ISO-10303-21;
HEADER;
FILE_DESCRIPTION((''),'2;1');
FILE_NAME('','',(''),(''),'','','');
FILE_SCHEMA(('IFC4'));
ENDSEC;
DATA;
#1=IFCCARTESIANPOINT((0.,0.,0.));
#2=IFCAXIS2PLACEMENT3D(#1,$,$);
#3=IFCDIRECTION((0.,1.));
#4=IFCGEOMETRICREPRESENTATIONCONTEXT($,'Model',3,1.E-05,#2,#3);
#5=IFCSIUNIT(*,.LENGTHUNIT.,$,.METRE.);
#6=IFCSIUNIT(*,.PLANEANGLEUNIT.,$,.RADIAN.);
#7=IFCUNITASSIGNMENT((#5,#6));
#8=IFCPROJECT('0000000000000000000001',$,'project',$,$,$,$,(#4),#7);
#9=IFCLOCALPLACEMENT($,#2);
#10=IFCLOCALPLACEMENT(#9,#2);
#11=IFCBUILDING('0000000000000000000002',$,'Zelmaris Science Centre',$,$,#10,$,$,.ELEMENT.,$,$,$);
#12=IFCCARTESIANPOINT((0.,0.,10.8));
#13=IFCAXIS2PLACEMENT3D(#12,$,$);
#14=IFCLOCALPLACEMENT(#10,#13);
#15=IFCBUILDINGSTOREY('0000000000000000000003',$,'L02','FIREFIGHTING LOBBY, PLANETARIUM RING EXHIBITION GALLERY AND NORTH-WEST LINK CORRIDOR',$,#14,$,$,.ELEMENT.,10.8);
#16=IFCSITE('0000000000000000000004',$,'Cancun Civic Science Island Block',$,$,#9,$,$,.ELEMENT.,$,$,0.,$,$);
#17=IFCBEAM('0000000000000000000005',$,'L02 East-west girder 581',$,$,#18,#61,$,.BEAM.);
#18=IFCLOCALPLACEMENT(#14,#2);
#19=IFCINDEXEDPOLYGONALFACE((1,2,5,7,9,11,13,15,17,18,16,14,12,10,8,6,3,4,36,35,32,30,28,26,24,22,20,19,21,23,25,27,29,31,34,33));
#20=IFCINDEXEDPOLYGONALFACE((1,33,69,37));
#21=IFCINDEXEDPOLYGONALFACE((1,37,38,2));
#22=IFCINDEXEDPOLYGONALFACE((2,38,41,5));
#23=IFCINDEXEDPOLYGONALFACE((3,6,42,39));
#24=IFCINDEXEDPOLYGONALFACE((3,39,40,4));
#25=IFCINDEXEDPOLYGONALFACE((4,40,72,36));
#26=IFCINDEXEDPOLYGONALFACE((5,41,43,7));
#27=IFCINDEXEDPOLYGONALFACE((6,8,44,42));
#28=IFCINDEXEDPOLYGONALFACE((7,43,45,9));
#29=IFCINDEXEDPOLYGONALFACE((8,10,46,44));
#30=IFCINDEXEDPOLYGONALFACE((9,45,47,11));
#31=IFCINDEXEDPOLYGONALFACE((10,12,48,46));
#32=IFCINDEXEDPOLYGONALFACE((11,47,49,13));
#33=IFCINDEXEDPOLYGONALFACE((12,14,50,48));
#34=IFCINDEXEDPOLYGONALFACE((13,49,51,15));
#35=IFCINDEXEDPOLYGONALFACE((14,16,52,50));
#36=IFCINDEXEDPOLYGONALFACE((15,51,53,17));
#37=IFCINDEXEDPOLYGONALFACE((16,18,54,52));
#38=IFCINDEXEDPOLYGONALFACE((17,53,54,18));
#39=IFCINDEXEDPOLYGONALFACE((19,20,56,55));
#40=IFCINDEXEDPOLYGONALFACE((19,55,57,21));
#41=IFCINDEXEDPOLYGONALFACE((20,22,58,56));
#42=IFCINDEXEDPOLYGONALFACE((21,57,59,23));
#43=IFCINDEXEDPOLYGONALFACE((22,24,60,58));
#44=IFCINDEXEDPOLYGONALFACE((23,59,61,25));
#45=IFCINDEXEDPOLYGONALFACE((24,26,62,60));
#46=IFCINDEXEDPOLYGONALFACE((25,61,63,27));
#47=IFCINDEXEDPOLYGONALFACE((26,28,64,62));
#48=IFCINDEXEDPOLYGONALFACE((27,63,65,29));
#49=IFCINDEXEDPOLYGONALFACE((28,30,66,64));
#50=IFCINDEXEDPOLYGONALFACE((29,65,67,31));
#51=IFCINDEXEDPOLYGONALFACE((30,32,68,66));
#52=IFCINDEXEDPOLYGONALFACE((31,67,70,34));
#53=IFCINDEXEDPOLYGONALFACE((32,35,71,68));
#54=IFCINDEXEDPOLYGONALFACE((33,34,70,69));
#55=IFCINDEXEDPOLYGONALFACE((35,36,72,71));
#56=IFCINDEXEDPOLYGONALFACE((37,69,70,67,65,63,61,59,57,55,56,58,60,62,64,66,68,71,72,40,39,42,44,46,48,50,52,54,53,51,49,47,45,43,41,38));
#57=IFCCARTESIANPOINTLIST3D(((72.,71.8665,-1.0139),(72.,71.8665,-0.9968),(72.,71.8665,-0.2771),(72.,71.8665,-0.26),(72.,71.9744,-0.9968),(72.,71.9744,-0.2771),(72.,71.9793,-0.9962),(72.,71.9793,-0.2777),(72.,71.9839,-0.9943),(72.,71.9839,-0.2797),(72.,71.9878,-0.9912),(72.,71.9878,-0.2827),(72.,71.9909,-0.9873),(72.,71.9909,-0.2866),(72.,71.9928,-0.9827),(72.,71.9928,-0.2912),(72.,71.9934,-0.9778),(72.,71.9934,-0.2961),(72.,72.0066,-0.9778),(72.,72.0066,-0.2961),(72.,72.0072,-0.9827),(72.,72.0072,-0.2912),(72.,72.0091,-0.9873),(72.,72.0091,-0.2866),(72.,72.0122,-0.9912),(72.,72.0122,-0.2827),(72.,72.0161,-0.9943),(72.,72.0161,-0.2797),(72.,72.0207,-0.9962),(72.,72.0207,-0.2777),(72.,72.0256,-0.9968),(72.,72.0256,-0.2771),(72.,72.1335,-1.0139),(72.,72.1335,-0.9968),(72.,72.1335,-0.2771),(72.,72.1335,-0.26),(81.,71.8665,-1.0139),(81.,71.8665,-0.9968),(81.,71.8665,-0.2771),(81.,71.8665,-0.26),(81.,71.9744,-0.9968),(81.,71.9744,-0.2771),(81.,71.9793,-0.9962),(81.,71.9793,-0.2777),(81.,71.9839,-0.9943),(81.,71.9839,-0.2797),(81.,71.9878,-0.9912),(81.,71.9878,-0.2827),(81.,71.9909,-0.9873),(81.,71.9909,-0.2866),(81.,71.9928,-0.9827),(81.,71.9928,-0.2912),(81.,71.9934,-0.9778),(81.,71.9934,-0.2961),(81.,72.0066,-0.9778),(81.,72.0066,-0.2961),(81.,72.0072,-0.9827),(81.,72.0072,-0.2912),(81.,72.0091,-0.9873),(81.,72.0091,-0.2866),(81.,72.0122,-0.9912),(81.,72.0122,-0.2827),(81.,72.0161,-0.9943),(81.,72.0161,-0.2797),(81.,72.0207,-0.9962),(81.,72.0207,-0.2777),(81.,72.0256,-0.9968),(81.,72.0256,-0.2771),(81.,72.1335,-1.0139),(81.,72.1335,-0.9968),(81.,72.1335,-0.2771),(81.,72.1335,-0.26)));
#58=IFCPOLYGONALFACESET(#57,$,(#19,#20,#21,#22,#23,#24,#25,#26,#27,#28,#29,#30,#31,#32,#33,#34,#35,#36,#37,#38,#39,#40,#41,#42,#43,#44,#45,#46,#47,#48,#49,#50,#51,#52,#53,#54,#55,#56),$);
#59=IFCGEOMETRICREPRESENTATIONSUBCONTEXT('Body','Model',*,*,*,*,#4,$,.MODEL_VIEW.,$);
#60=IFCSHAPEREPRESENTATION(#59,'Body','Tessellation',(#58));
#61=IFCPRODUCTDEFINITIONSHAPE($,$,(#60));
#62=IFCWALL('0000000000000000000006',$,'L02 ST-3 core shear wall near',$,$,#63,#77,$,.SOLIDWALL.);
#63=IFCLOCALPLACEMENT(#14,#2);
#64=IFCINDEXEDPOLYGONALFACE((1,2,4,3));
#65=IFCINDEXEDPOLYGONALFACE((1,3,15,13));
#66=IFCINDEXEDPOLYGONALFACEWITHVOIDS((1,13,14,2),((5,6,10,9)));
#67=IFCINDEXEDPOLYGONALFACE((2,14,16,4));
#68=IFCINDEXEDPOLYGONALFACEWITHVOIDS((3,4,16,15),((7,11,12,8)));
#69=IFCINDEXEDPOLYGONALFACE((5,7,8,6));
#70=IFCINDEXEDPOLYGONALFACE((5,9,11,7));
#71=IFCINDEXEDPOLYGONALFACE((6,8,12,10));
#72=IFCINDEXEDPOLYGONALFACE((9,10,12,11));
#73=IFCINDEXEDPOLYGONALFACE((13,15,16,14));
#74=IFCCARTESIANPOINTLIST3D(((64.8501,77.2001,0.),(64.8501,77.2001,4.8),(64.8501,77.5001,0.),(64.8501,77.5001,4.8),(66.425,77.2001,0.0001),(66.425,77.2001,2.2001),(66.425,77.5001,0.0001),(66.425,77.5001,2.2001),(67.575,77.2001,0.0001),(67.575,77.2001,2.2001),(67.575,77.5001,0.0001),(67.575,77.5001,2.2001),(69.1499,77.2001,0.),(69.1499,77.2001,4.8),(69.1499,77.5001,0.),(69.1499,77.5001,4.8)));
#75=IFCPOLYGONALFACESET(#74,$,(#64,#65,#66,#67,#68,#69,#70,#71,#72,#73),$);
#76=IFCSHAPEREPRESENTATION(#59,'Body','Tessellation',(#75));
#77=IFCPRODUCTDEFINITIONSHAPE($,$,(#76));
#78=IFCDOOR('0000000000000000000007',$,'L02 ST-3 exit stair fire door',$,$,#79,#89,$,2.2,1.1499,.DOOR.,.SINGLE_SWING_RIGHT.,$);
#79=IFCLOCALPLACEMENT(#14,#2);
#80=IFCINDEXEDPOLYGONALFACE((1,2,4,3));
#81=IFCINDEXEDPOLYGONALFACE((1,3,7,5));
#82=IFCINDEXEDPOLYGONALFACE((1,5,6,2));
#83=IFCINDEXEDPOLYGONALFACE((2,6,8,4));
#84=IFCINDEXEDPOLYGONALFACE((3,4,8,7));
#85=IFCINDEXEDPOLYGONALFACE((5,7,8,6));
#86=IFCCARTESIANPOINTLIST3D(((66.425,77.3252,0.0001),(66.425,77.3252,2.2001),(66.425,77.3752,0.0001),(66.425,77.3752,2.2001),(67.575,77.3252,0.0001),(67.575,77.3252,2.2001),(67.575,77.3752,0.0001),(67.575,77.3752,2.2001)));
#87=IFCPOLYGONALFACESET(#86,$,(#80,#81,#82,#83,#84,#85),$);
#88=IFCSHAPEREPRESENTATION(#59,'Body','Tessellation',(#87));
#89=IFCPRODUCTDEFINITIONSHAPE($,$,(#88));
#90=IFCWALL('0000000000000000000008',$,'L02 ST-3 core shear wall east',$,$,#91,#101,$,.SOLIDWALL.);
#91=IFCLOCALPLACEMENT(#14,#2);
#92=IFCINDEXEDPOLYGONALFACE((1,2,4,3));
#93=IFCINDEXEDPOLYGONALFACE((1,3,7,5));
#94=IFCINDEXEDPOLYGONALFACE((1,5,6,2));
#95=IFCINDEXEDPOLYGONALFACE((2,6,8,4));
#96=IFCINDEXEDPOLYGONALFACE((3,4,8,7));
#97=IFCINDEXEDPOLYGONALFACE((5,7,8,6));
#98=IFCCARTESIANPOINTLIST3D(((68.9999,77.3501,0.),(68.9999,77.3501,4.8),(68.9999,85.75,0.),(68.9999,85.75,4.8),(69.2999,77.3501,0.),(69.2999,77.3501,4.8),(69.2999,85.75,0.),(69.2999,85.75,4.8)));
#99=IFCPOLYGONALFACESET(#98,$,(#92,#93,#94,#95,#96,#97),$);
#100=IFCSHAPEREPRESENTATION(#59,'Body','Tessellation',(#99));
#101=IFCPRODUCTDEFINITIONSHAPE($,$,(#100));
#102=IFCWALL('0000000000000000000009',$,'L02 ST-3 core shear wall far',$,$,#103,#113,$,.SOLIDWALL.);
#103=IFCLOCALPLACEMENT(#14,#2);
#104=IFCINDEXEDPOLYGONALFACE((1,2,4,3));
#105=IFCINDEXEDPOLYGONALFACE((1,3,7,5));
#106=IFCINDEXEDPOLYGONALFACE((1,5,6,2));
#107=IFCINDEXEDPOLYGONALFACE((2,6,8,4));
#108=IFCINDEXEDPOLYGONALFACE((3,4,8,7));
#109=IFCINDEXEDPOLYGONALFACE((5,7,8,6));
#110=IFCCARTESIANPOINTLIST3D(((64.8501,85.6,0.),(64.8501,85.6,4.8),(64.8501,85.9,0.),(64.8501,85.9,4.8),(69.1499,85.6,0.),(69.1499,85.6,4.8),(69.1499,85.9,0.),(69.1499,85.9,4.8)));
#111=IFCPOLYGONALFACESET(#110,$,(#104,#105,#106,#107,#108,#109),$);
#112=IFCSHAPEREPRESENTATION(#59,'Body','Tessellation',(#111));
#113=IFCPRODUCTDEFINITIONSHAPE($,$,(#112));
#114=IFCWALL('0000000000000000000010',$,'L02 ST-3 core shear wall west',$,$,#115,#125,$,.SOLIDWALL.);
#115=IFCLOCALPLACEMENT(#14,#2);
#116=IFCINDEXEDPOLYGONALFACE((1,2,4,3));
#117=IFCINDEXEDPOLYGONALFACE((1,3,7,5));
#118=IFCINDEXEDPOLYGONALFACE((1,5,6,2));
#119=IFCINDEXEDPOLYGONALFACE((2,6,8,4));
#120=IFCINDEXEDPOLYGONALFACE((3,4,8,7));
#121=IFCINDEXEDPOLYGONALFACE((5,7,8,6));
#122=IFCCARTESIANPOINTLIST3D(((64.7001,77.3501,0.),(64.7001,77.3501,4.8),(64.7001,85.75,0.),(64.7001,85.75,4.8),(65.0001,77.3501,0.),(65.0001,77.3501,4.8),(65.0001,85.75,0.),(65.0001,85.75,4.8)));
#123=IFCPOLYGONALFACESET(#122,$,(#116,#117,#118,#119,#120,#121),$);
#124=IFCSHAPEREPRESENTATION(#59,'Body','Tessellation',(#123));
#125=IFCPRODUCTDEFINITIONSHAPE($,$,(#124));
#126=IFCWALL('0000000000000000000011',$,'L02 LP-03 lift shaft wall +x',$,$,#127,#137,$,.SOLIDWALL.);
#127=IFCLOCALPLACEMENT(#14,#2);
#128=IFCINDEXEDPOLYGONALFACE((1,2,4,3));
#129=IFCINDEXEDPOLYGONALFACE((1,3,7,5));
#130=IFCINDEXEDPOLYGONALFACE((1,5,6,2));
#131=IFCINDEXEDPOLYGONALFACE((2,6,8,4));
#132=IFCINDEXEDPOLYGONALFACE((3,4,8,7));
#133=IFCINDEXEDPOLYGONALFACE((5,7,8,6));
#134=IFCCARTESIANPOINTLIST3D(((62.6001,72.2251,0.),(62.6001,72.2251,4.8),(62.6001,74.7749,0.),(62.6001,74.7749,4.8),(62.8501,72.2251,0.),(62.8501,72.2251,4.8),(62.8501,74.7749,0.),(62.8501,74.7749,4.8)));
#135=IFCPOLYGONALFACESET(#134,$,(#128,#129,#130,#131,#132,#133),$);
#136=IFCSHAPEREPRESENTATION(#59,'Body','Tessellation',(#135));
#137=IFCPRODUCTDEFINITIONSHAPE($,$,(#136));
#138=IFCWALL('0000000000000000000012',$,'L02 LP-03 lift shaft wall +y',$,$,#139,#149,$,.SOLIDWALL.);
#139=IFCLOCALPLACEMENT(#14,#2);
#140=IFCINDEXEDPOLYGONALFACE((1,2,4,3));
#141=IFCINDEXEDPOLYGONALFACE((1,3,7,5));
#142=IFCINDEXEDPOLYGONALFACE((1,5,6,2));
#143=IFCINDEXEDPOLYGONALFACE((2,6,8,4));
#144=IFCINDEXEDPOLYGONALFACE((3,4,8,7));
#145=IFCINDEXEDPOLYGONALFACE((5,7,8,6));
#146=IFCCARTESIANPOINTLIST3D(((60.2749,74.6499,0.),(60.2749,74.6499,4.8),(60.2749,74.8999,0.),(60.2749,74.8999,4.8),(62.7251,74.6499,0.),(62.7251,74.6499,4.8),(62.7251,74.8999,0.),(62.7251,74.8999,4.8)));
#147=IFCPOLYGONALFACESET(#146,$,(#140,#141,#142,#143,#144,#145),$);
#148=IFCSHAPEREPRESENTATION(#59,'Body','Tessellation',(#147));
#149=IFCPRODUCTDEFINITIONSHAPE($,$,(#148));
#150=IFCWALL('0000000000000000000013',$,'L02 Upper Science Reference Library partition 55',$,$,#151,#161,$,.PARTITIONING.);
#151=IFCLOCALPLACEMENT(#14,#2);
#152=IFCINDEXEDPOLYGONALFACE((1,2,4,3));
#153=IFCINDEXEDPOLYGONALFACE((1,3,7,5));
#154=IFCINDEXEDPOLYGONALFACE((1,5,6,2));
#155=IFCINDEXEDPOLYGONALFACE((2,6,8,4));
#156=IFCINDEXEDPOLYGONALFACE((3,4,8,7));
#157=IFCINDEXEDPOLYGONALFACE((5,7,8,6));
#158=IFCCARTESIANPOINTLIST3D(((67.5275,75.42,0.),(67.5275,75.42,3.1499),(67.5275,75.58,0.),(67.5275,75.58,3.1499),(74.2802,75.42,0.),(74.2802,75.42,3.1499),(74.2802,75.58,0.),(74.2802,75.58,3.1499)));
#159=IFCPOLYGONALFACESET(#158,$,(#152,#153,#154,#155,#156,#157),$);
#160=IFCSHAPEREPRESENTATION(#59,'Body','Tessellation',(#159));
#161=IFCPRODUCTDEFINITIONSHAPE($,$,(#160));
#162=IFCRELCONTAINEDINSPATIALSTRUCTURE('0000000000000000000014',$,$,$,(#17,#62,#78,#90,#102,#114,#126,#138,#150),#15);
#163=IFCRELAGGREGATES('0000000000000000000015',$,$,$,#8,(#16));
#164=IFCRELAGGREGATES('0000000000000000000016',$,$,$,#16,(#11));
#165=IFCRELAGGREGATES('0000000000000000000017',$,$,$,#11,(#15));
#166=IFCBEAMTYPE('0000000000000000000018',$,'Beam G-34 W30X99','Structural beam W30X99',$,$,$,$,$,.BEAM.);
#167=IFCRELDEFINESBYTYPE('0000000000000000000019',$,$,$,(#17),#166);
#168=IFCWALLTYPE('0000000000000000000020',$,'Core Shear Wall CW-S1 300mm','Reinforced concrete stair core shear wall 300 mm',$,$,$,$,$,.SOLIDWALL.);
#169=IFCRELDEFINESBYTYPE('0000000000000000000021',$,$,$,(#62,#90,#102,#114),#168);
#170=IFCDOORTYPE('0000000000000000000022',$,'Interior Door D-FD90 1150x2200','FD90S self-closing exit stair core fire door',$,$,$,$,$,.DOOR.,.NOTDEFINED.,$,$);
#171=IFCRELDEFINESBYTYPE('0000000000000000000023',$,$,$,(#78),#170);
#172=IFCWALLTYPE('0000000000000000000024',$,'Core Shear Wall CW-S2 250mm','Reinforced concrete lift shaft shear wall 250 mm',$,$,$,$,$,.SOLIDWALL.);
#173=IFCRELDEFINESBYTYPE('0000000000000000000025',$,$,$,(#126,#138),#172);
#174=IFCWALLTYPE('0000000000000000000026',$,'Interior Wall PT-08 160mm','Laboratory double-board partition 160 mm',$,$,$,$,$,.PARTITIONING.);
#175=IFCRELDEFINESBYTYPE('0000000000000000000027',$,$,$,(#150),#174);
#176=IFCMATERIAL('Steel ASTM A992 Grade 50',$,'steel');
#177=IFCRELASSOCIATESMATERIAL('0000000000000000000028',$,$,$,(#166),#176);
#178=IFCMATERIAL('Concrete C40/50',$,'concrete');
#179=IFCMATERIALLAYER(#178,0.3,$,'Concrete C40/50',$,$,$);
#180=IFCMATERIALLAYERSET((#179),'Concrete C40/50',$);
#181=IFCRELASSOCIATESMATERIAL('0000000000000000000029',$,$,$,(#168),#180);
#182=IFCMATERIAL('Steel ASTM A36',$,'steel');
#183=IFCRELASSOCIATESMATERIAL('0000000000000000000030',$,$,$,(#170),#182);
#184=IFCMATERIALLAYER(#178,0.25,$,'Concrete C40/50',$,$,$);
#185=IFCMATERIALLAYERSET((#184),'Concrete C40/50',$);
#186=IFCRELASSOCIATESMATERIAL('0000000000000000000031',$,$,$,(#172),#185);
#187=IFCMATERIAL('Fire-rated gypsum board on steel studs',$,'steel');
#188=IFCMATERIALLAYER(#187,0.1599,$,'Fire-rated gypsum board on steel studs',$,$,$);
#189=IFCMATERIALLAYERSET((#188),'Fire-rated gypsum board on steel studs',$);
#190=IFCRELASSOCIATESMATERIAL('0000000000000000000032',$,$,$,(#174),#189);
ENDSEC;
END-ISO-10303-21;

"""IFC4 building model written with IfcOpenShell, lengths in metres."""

from ifc_helpers import new_model, si_unit, direction, frame, frame_2d, origin, origin_2d, place, context, subcontext, project, spatial, rectangle, i_section, extrude, material, layer, layer_set, material_profile, profile_set, type_object, element, fill, save


model = new_model("IFC4")

# Units and contexts
model_context = context("Model", 3, precision=1e-05, world=origin(), true_north=direction((0.0, 1.0)))
body_context = subcontext(model_context, "Body", "Model", "MODEL_VIEW")
ifc_project = project(units=[si_unit("LENGTHUNIT", "METRE"), si_unit("PLANEANGLEUNIT", "RADIAN")], contexts=[model_context])

# Site, building, storey
site_placement = place(None, origin())
site = spatial("IfcSite", under=ifc_project, at=site_placement, Name="Cancun Civic Science Island Block", CompositionType="ELEMENT", RefElevation=0.0)
building_placement = place(site_placement, origin())
building = spatial("IfcBuilding", under=site, at=building_placement, Name="Zelmaris Science Centre", CompositionType="ELEMENT")
storey_placement = place(building_placement, frame((0.0, 0.0, 10.8)))
storey = spatial("IfcBuildingStorey", under=building, at=storey_placement, Name="L02", Description="FIREFIGHTING LOBBY, PLANETARIUM RING EXHIBITION GALLERY AND NORTH-WEST LINK CORRIDOR", CompositionType="ELEMENT", Elevation=10.8)

# Shared definitions
ifc_material_1 = material(Name="Steel ASTM A992 Grade 50", Category="steel")

# Beam
ifc_material_profile_1 = material_profile(ifc_material_1, i_section(OverallWidth=0.2671, OverallDepth=0.7539, WebThickness=0.0132, FlangeThickness=0.0171, FilletRadius=0.019, at=origin_2d()), Name="W30X99")
ifc_profile_set_1 = profile_set([ifc_material_profile_1], Name="Steel ASTM A992 Grade 50")
beam_type_1 = type_object("IfcBeamType", Name="Beam G-34 W30X99", Description="Structural beam W30X99", PredefinedType="BEAM", material=ifc_profile_set_1)
beam_1_placement = place(storey_placement, frame((72.0, 72.0, -0.637), z_axis=(1.0, 0.0, 0.0), x_axis=(0.0, 1.0, 0.0)))
element("IfcBeam", 1, at=beam_1_placement, inside=storey, type_object=beam_type_1, Name="L02 East-west girder 581", PredefinedType="BEAM", context=body_context, shape_type="SweptSolid", body=[
    extrude(i_section(OverallWidth=0.2671, OverallDepth=0.7539, WebThickness=0.0132, FlangeThickness=0.0171, FilletRadius=0.019, at=origin_2d()), origin(), (0.0, 0.0, 1.0), 9.0),
])

# Wall, opening, door
ifc_material_2 = material(Name="Concrete C40/50", Category="concrete")
ifc_layer_1 = layer(ifc_material_2, 0.3, Name="Concrete C40/50")
ifc_layer_set_1 = layer_set([ifc_layer_1], Name="Concrete C40/50")
wall_type_1 = type_object("IfcWallType", Name="Core Shear Wall CW-S1 300mm", Description="Reinforced concrete stair core shear wall 300 mm", PredefinedType="SOLIDWALL", material=ifc_layer_set_1)
wall_1_placement = place(storey_placement, frame((69.1499, 77.3501, 0.0), z_axis=(0.0, 0.0, 1.0), x_axis=(-1.0, 0.0, 0.0)))
wall_1 = element("IfcWall", 2, at=wall_1_placement, inside=storey, type_object=wall_type_1, Name="L02 ST-3 core shear wall near", PredefinedType="SOLIDWALL", context=body_context, shape_type="SweptSolid", body=[
    extrude(rectangle(XDim=4.2998, YDim=0.3, at=frame_2d((2.1499, 0.0))), origin(), (0.0, 0.0, 1.0), 4.8),
])
opening_placement = place(wall_1_placement, frame((1.575, 0.0, 0.0)))
opening = element("IfcOpeningElement", 3, at=opening_placement, cuts=wall_1, PredefinedType="OPENING", context=body_context, shape_type="SweptSolid", body=[
    extrude(rectangle(XDim=1.1499, YDim=2.2, at=frame_2d((0.575, 1.1001))), frame((0.0, 0.1599, 0.0), z_axis=(0.0, -1.0, 0.0), x_axis=(1.0, 0.0, 0.0)), (0.0, 0.0, 1.0), 0.3201),
])
ifc_material_3 = material(Name="Steel ASTM A36", Category="steel")
door_type = type_object("IfcDoorType", Name="Interior Door D-FD90 1150x2200", Description="FD90S self-closing exit stair core fire door", OperationType="NOTDEFINED", PredefinedType="DOOR", material=ifc_material_3)
door_placement = place(opening_placement, origin())
door = element("IfcDoor", 4, at=door_placement, inside=storey, type_object=door_type, Name="L02 ST-3 exit stair fire door", OperationType="SINGLE_SWING_RIGHT", OverallHeight=2.2, OverallWidth=1.1499, PredefinedType="DOOR", context=body_context, shape_type="SweptSolid", body=[
    extrude(rectangle(XDim=1.1499, YDim=2.2, at=frame_2d((0.575, 1.1001))), frame((0.0, 0.0249, 0.0), z_axis=(0.0, -1.0, 0.0), x_axis=(1.0, 0.0, 0.0)), (0.0, 0.0, 1.0), 0.05),
])
fill(opening, door)

# Walls
wall_2_placement = place(storey_placement, frame((69.1499, 77.3501, 0.0), z_axis=(0.0, 0.0, 1.0), x_axis=(0.0, 1.0, 0.0)))
element("IfcWall", 5, at=wall_2_placement, inside=storey, type_object=wall_type_1, Name="L02 ST-3 core shear wall east", PredefinedType="SOLIDWALL", context=body_context, shape_type="SweptSolid", body=[
    extrude(rectangle(XDim=8.3999, YDim=0.3, at=frame_2d((4.2, 0.0))), origin(), (0.0, 0.0, 1.0), 4.8),
])
wall_3_placement = place(storey_placement, frame((69.1499, 85.75, 0.0), z_axis=(0.0, 0.0, 1.0), x_axis=(-1.0, 0.0, 0.0)))
element("IfcWall", 6, at=wall_3_placement, inside=storey, type_object=wall_type_1, Name="L02 ST-3 core shear wall far", PredefinedType="SOLIDWALL", context=body_context, shape_type="SweptSolid", body=[
    extrude(rectangle(XDim=4.2998, YDim=0.3, at=frame_2d((2.1499, 0.0))), origin(), (0.0, 0.0, 1.0), 4.8),
])
wall_4_placement = place(storey_placement, frame((64.8501, 77.3501, 0.0), z_axis=(0.0, 0.0, 1.0), x_axis=(0.0, 1.0, 0.0)))
element("IfcWall", 7, at=wall_4_placement, inside=storey, type_object=wall_type_1, Name="L02 ST-3 core shear wall west", PredefinedType="SOLIDWALL", context=body_context, shape_type="SweptSolid", body=[
    extrude(rectangle(XDim=8.3999, YDim=0.3, at=frame_2d((4.2, 0.0))), origin(), (0.0, 0.0, 1.0), 4.8),
])
ifc_layer_2 = layer(ifc_material_2, 0.25, Name="Concrete C40/50")
ifc_layer_set_2 = layer_set([ifc_layer_2], Name="Concrete C40/50")
wall_type_2 = type_object("IfcWallType", Name="Core Shear Wall CW-S2 250mm", Description="Reinforced concrete lift shaft shear wall 250 mm", PredefinedType="SOLIDWALL", material=ifc_layer_set_2)
wall_5_placement = place(storey_placement, frame((62.7251, 72.2251, 0.0), z_axis=(0.0, 0.0, 1.0), x_axis=(0.0, 1.0, 0.0)))
element("IfcWall", 8, at=wall_5_placement, inside=storey, type_object=wall_type_2, Name="L02 LP-03 lift shaft wall +x", PredefinedType="SOLIDWALL", context=body_context, shape_type="SweptSolid", body=[
    extrude(rectangle(XDim=2.5498, YDim=0.25, at=frame_2d((1.2749, 0.0))), origin(), (0.0, 0.0, 1.0), 4.8),
])
wall_6_placement = place(storey_placement, frame((62.7251, 74.7749, 0.0), z_axis=(0.0, 0.0, 1.0), x_axis=(-1.0, 0.0, 0.0)))
element("IfcWall", 9, at=wall_6_placement, inside=storey, type_object=wall_type_2, Name="L02 LP-03 lift shaft wall +y", PredefinedType="SOLIDWALL", context=body_context, shape_type="SweptSolid", body=[
    extrude(rectangle(XDim=2.4502, YDim=0.25, at=frame_2d((1.2251, 0.0))), origin(), (0.0, 0.0, 1.0), 4.8),
])
ifc_material_4 = material(Name="Fire-rated gypsum board on steel studs", Category="steel")
ifc_layer_3 = layer(ifc_material_4, 0.1599, Name="Fire-rated gypsum board on steel studs")
ifc_layer_set_3 = layer_set([ifc_layer_3], Name="Fire-rated gypsum board on steel studs")
wall_type_3 = type_object("IfcWallType", Name="Interior Wall PT-08 160mm", Description="Laboratory double-board partition 160 mm", PredefinedType="PARTITIONING", material=ifc_layer_set_3)
wall_7_placement = place(storey_placement, frame((67.5273, 75.5, 0.0), z_axis=(0.0, 0.0, 1.0), x_axis=(1.0, 0.0, 0.0)))
element("IfcWall", 10, at=wall_7_placement, inside=storey, type_object=wall_type_3, Name="L02 Upper Science Reference Library partition 55", PredefinedType="PARTITIONING", context=body_context, shape_type="SweptSolid", body=[
    extrude(rectangle(XDim=6.7527, YDim=0.1599, at=frame_2d((3.3765, 0.0))), origin(), (0.0, 0.0, 1.0), 3.1499),
])

save(model, "model.ifc")
